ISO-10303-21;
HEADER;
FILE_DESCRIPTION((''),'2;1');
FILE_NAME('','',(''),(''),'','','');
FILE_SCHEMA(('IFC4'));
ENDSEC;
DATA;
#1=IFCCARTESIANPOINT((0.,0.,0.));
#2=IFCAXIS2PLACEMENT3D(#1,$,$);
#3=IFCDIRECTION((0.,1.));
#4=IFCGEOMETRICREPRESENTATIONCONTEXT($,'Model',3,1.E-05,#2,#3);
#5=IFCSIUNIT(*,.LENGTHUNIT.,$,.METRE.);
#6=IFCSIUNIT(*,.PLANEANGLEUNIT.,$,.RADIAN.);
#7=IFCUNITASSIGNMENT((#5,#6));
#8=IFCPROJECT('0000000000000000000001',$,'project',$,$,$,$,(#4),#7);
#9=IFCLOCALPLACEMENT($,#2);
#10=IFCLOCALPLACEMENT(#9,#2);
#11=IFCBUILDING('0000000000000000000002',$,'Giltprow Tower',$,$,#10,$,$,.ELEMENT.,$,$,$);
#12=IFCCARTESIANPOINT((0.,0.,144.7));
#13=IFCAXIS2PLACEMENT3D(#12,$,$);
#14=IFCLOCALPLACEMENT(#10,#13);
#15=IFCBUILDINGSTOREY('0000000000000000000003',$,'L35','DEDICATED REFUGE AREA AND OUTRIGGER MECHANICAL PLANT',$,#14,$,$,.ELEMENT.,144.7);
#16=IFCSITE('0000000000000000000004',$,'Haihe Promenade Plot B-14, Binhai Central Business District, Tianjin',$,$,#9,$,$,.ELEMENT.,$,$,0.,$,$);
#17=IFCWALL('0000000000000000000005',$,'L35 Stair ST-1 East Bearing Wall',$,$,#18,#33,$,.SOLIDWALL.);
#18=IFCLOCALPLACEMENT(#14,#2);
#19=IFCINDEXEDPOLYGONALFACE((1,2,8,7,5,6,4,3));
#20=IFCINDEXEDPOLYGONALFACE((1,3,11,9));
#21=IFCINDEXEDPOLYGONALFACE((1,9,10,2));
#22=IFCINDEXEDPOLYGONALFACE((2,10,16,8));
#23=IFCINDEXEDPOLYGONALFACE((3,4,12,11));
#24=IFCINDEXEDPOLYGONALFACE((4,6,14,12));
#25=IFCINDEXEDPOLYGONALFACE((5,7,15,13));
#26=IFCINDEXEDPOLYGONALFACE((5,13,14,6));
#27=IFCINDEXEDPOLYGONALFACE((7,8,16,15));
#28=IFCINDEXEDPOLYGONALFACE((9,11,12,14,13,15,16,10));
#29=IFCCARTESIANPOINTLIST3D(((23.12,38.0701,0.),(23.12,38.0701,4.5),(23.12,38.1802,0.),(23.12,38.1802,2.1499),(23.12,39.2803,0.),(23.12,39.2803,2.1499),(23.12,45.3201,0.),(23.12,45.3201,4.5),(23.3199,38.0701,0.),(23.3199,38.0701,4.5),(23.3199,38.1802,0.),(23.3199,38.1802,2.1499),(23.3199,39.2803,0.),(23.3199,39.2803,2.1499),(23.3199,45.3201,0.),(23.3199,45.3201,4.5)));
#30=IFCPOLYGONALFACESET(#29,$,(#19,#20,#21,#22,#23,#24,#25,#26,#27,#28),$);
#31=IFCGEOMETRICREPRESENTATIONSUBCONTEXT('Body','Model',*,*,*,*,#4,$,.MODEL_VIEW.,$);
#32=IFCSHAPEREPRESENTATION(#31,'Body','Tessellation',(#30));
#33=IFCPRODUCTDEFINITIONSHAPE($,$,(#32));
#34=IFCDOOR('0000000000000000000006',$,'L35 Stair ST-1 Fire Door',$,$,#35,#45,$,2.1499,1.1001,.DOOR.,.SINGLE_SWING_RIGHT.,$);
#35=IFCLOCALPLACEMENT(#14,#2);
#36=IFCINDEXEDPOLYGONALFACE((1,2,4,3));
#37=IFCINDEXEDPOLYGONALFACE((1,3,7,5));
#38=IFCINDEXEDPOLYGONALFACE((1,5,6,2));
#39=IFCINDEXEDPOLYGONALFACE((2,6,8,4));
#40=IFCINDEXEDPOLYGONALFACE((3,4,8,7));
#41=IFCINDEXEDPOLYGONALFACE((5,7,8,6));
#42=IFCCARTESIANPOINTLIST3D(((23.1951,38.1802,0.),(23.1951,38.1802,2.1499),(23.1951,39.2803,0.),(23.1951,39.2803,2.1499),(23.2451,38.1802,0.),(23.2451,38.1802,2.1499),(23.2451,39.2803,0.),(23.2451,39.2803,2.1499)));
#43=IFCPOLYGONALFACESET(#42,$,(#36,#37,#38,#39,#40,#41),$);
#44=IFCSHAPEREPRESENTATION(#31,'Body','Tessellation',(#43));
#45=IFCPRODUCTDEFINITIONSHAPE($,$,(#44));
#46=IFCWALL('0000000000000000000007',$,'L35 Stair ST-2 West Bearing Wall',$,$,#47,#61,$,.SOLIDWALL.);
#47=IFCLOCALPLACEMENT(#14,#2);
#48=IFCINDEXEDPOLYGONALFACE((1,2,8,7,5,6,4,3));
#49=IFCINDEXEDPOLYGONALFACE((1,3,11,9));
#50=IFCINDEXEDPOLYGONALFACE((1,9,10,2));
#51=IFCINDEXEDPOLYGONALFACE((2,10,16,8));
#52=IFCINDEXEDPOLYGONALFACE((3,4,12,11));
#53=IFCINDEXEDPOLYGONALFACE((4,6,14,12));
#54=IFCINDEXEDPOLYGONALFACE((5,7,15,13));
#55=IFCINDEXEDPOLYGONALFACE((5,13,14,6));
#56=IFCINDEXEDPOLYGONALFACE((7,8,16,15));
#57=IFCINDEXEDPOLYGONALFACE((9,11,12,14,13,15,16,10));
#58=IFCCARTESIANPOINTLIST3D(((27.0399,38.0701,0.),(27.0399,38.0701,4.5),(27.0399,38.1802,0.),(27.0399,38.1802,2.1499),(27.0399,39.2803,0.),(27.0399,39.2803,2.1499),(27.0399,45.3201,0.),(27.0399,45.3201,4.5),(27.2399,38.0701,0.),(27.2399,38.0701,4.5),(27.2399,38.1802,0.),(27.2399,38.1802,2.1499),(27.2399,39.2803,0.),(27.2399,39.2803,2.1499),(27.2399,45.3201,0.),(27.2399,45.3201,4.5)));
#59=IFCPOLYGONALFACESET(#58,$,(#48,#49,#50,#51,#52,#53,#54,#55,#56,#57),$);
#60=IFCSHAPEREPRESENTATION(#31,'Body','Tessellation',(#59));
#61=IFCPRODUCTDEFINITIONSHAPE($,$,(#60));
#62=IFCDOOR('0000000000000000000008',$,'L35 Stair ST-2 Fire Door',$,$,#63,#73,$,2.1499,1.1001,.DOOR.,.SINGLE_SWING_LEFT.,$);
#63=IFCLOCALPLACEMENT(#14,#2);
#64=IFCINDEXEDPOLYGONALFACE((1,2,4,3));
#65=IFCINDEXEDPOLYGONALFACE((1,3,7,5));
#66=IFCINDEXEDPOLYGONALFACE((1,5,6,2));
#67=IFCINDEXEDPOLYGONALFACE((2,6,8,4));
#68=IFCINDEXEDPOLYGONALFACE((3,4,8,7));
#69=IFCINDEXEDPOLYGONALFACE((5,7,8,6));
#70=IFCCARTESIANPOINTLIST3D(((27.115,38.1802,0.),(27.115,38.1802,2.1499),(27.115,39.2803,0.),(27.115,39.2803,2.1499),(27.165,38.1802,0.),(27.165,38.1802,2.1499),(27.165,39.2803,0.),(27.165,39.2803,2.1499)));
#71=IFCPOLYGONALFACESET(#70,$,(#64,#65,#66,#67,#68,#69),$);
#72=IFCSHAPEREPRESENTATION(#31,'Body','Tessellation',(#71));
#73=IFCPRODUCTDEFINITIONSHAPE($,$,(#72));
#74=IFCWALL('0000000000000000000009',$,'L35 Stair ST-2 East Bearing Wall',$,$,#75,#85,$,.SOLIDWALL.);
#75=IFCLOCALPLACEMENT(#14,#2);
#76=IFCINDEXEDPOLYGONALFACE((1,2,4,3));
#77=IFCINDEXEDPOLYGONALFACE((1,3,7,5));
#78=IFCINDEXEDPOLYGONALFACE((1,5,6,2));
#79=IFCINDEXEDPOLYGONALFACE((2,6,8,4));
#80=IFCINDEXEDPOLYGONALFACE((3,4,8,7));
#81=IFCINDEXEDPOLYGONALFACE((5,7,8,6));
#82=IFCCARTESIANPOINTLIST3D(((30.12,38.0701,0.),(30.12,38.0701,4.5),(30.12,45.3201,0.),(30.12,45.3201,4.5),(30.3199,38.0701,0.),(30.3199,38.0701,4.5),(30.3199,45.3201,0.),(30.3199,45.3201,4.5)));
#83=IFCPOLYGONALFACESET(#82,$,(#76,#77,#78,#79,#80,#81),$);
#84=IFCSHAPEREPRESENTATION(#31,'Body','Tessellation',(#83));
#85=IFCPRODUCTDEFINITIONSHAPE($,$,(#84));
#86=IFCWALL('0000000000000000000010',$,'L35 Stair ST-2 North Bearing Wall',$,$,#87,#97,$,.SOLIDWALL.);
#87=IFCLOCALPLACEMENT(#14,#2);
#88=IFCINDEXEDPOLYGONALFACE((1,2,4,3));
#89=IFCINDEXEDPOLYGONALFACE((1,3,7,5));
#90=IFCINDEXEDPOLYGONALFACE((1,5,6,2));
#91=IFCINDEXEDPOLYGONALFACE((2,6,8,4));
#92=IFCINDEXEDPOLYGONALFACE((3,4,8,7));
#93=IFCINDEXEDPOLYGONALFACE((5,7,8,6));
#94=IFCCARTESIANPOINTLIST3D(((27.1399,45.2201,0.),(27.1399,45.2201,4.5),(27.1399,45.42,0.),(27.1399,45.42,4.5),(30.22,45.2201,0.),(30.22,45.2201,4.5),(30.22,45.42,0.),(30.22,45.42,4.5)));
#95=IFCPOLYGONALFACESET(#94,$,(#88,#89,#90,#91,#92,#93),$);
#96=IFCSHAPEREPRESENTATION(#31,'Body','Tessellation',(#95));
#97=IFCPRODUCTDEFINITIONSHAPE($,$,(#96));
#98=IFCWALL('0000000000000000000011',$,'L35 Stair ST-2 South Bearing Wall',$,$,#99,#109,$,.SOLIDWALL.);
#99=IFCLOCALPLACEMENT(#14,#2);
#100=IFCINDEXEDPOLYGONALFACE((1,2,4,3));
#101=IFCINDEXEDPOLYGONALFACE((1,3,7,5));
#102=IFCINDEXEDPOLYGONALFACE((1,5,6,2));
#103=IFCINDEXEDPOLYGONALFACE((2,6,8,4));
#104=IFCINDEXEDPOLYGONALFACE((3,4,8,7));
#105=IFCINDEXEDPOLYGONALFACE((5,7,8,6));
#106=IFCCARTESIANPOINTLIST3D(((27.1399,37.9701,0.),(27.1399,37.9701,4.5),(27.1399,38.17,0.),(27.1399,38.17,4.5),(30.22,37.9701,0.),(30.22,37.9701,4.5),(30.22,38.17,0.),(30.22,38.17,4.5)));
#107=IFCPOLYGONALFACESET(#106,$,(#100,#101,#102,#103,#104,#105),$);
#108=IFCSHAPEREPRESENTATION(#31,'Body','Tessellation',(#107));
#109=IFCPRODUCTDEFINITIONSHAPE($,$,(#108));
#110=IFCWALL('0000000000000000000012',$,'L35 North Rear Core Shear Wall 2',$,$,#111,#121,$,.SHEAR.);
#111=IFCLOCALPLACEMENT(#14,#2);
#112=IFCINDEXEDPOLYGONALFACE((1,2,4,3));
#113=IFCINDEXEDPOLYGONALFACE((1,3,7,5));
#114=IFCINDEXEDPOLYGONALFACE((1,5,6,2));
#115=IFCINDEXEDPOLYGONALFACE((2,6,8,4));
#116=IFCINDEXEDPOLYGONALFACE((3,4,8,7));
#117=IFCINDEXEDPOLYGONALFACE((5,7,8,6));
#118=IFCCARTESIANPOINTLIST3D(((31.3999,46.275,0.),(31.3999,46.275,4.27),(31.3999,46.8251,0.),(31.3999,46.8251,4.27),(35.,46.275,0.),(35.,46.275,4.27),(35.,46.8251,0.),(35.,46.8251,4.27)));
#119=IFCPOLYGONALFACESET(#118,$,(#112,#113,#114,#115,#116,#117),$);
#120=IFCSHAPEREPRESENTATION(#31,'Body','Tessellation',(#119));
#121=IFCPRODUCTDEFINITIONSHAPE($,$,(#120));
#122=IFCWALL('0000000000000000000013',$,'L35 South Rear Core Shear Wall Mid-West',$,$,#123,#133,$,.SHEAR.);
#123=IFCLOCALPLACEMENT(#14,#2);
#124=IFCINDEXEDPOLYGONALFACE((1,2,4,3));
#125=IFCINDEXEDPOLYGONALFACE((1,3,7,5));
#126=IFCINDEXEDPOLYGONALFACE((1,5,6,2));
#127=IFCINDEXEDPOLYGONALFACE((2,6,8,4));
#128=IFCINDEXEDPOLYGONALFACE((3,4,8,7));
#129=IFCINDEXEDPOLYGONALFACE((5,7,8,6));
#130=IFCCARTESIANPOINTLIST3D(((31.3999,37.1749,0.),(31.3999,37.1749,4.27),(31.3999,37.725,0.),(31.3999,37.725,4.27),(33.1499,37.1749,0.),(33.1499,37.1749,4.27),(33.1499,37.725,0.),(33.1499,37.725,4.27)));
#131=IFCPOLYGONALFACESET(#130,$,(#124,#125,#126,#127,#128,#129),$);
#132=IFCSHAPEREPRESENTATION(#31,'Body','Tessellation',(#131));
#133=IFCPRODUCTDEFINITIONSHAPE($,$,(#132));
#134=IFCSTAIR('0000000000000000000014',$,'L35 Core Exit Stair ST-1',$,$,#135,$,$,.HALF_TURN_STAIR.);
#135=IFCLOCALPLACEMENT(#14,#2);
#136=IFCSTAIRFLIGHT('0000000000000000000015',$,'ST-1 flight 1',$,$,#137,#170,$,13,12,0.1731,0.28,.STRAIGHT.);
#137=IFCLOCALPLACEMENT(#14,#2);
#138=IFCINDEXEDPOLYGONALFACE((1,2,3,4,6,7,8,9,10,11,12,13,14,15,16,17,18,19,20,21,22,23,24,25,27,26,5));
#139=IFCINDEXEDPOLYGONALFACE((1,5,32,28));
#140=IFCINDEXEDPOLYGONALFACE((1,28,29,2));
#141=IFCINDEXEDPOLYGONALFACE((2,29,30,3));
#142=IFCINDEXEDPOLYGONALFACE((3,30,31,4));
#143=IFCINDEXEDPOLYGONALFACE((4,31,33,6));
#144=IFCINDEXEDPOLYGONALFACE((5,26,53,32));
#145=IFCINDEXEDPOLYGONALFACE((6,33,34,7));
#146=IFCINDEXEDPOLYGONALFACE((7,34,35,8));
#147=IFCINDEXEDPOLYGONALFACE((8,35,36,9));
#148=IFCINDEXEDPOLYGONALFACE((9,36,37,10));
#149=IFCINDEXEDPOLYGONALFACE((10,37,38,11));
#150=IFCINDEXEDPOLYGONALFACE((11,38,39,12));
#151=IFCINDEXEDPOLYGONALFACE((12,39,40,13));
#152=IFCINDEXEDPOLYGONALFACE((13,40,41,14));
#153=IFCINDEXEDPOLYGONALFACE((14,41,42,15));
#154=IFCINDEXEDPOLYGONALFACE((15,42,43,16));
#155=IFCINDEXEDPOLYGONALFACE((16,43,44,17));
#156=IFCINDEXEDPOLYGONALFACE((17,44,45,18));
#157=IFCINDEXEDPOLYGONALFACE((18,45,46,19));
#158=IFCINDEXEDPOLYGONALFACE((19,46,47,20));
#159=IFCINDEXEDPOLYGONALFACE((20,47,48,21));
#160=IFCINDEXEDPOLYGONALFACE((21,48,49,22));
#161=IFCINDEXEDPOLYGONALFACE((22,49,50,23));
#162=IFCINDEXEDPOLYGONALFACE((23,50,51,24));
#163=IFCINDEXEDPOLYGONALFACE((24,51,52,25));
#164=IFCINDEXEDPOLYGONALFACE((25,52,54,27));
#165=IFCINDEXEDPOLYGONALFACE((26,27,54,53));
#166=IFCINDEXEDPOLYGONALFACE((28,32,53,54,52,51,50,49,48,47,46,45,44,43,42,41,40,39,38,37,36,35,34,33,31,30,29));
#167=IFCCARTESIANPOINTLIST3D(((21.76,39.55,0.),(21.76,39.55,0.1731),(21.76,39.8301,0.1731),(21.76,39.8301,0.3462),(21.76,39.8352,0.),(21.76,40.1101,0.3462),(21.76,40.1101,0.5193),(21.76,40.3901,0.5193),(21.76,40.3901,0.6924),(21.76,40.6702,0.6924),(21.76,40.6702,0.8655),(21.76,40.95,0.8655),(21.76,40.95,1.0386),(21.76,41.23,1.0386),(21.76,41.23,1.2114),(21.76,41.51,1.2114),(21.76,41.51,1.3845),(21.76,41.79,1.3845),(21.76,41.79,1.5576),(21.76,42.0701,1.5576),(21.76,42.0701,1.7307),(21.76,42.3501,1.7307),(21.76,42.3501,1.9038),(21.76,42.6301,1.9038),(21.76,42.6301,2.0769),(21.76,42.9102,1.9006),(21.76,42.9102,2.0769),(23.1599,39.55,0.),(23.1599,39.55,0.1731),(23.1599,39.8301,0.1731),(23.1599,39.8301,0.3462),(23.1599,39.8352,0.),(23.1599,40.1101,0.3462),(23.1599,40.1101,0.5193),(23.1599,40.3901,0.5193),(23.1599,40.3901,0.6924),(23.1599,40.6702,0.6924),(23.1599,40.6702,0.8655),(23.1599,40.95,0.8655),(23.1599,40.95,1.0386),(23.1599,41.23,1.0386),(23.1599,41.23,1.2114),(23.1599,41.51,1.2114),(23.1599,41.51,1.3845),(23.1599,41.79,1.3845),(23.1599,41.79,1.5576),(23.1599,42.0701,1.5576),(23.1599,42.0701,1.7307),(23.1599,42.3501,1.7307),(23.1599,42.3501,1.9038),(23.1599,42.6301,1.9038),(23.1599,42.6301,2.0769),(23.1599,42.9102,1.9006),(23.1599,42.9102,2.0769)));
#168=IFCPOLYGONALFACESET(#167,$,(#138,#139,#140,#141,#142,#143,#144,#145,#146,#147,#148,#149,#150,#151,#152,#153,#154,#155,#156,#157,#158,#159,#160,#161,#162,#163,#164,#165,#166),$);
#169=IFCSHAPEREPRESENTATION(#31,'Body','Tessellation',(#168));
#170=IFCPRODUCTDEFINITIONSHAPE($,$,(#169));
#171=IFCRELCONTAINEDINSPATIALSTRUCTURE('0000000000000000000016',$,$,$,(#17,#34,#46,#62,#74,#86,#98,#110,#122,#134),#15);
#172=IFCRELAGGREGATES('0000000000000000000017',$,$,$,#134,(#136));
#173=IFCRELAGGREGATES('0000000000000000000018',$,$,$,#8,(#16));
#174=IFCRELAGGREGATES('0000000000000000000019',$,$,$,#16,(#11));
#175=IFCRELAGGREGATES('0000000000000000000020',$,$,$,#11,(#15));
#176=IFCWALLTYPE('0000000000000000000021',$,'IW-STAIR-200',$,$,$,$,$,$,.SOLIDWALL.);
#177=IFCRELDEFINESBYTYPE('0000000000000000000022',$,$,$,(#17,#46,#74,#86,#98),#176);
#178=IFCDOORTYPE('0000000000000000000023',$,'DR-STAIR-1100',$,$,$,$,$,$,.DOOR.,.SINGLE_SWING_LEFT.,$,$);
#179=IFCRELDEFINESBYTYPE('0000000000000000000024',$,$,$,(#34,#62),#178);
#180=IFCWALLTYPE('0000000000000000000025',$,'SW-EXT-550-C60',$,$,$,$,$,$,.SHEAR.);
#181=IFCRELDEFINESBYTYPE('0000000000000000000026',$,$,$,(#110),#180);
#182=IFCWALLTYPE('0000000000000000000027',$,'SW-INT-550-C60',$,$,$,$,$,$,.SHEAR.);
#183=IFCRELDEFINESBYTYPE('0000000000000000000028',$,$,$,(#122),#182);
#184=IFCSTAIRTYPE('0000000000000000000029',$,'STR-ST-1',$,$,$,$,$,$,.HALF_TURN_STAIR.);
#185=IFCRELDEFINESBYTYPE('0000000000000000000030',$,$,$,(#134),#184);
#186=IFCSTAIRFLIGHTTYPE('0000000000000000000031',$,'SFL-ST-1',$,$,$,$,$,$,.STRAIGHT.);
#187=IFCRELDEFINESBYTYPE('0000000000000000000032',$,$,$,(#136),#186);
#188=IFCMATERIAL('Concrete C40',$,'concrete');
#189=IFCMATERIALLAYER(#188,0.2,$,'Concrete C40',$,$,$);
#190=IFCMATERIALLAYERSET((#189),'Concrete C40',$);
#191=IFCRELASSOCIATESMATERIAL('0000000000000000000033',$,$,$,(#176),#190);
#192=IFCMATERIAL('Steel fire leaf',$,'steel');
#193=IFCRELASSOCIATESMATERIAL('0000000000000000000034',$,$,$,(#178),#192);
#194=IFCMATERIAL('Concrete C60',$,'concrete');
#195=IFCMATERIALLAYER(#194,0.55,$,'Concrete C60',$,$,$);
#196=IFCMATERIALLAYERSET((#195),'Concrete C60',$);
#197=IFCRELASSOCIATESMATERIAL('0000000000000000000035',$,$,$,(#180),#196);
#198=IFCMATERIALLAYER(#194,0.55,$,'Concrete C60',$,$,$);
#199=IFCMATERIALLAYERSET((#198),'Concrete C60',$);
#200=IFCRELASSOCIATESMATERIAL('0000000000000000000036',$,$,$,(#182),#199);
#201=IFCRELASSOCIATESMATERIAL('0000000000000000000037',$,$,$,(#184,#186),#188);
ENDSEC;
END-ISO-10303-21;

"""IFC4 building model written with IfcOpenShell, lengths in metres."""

from ifc_helpers import new_model, si_unit, direction, frame, frame_2d, origin, place, context, subcontext, project, spatial, polyline, rectangle, outline, extrude, source, transform, mapped, material, layer, layer_set, type_object, element, fill, aggregate, save


model = new_model("IFC4")

# Units and contexts
model_context = context("Model", 3, precision=1e-05, world=origin(), true_north=direction((0.0, 1.0)))
body_context = subcontext(model_context, "Body", "Model", "MODEL_VIEW")
ifc_project = project(units=[si_unit("LENGTHUNIT", "METRE"), si_unit("PLANEANGLEUNIT", "RADIAN")], contexts=[model_context])

# Site, building, storey
site_placement = place(None, origin())
site = spatial("IfcSite", under=ifc_project, at=site_placement, Name="Haihe Promenade Plot B-14, Binhai Central Business District, Tianjin", CompositionType="ELEMENT", RefElevation=0.0)
building_placement = place(site_placement, origin())
building = spatial("IfcBuilding", under=site, at=building_placement, Name="Giltprow Tower", CompositionType="ELEMENT")
storey_placement = place(building_placement, frame((0.0, 0.0, 144.7)))
storey = spatial("IfcBuildingStorey", under=building, at=storey_placement, Name="L35", Description="DEDICATED REFUGE AREA AND OUTRIGGER MECHANICAL PLANT", CompositionType="ELEMENT", Elevation=144.7)

# Shared definitions
ifc_material_1 = material(Name="Concrete C60", Category="concrete")

# Shared definitions
ifc_material_2 = material(Name="Concrete C40", Category="concrete")

# Walls, openings, doors
ifc_layer_1 = layer(ifc_material_2, 0.2, Name="Concrete C40")
ifc_layer_set_1 = layer_set([ifc_layer_1], Name="Concrete C40")
wall_type_1 = type_object("IfcWallType", Name="IW-STAIR-200", PredefinedType="SOLIDWALL", material=ifc_layer_set_1)
wall_1_placement = place(storey_placement, frame((23.22, 38.0701, 0.0), z_axis=(0.0, 0.0, 1.0), x_axis=(0.0, 1.0, 0.0)))
wall_1 = element("IfcWall", 1, at=wall_1_placement, inside=storey, type_object=wall_type_1, Name="L35 Stair ST-1 East Bearing Wall", PredefinedType="SOLIDWALL", context=body_context, shape_type="SweptSolid", body=[
    extrude(rectangle(XDim=7.25, YDim=0.2, at=frame_2d((3.625, 0.0))), origin(), (0.0, 0.0, 1.0), 4.5),
])
opening_1_placement = place(wall_1_placement, frame((0.1101, 0.0, 0.0)))
opening_1 = element("IfcOpeningElement", 2, at=opening_1_placement, cuts=wall_1, PredefinedType="OPENING", context=body_context, shape_type="SweptSolid", body=[
    extrude(rectangle(XDim=1.1001, YDim=2.1499, at=frame_2d((0.55, 1.075))), frame((0.0, 0.1099, 0.0), z_axis=(0.0, -1.0, 0.0), x_axis=(1.0, 0.0, 0.0)), (0.0, 0.0, 1.0), 0.22),
])
ifc_material_3 = material(Name="Steel fire leaf", Category="steel")
door_type_1 = type_object("IfcDoorType", Name="DR-STAIR-1100", OperationType="SINGLE_SWING_LEFT", PredefinedType="DOOR", material=ifc_material_3)
shared_shape_1 = source(origin(), body_context, "Body", "SweptSolid", [
    extrude(rectangle(XDim=1.1001, YDim=2.1499, at=frame_2d((0.55, 1.075))), frame((0.0, 0.0249, 0.0), z_axis=(0.0, -1.0, 0.0), x_axis=(1.0, 0.0, 0.0)), (0.0, 0.0, 1.0), 0.05),
])
door_1_placement = place(opening_1_placement, origin())
door_1 = element("IfcDoor", 3, at=door_1_placement, inside=storey, type_object=door_type_1, Name="L35 Stair ST-1 Fire Door", OperationType="SINGLE_SWING_RIGHT", OverallHeight=2.1499, OverallWidth=1.1001, PredefinedType="DOOR", context=body_context, shape_type="MappedRepresentation", body=[
    mapped(shared_shape_1, transform((0.0, 0.0, 0.0), x_axis=(1.0, 0.0, 0.0), y_axis=(0.0, 1.0, 0.0), z_axis=(0.0, 0.0, 1.0), scale=1.0)),
])
fill(opening_1, door_1)
wall_2_placement = place(storey_placement, frame((27.1399, 38.0701, 0.0), z_axis=(0.0, 0.0, 1.0), x_axis=(0.0, 1.0, 0.0)))
wall_2 = element("IfcWall", 4, at=wall_2_placement, inside=storey, type_object=wall_type_1, Name="L35 Stair ST-2 West Bearing Wall", PredefinedType="SOLIDWALL", context=body_context, shape_type="SweptSolid", body=[
    extrude(rectangle(XDim=7.25, YDim=0.2, at=frame_2d((3.625, 0.0))), origin(), (0.0, 0.0, 1.0), 4.5),
])
opening_2_placement = place(wall_2_placement, frame((0.1101, 0.0, 0.0)))
opening_2 = element("IfcOpeningElement", 5, at=opening_2_placement, cuts=wall_2, PredefinedType="OPENING", context=body_context, shape_type="SweptSolid", body=[
    extrude(rectangle(XDim=1.1001, YDim=2.1499, at=frame_2d((0.55, 1.075))), frame((0.0, 0.1099, 0.0), z_axis=(0.0, -1.0, 0.0), x_axis=(1.0, 0.0, 0.0)), (0.0, 0.0, 1.0), 0.22),
])
door_2_placement = place(opening_2_placement, origin())
door_2 = element("IfcDoor", 6, at=door_2_placement, inside=storey, type_object=door_type_1, Name="L35 Stair ST-2 Fire Door", OperationType="SINGLE_SWING_LEFT", OverallHeight=2.1499, OverallWidth=1.1001, PredefinedType="DOOR", context=body_context, shape_type="MappedRepresentation", body=[
    mapped(shared_shape_1, transform((0.0, 0.0, 0.0), x_axis=(1.0, 0.0, 0.0), y_axis=(0.0, 1.0, 0.0), z_axis=(0.0, 0.0, 1.0), scale=1.0)),
])
fill(opening_2, door_2)

# Walls
wall_3_placement = place(storey_placement, frame((30.22, 38.0701, 0.0), z_axis=(0.0, 0.0, 1.0), x_axis=(0.0, 1.0, 0.0)))
element("IfcWall", 7, at=wall_3_placement, inside=storey, type_object=wall_type_1, Name="L35 Stair ST-2 East Bearing Wall", PredefinedType="SOLIDWALL", context=body_context, shape_type="SweptSolid", body=[
    extrude(rectangle(XDim=7.25, YDim=0.2, at=frame_2d((3.625, 0.0))), origin(), (0.0, 0.0, 1.0), 4.5),
])
for number, where, z_axis, x_axis, name in (
    (8, (27.1399, 45.3201, 0.0), (0.0, 0.0, 1.0), (1.0, 0.0, 0.0), "L35 Stair ST-2 North Bearing Wall"),
    (9, (27.1399, 38.0701, 0.0), (0.0, 0.0, 1.0), (1.0, 0.0, 0.0), "L35 Stair ST-2 South Bearing Wall"),
):
    element("IfcWall", number, at=place(storey_placement, frame(where, z_axis=z_axis, x_axis=x_axis)), inside=storey, type_object=wall_type_1, Name=name, PredefinedType="SOLIDWALL", context=body_context, shape_type="SweptSolid", body=[
        extrude(rectangle(XDim=3.0801, YDim=0.2, at=frame_2d((1.54, 0.0))), origin(), (0.0, 0.0, 1.0), 4.5),
    ])
ifc_layer_2 = layer(ifc_material_1, 0.55, Name="Concrete C60")
ifc_layer_set_2 = layer_set([ifc_layer_2], Name="Concrete C60")
wall_type_2 = type_object("IfcWallType", Name="SW-EXT-550-C60", PredefinedType="SHEAR", material=ifc_layer_set_2)
wall_4_placement = place(storey_placement, frame((31.3999, 46.55, 0.0), z_axis=(0.0, 0.0, 1.0), x_axis=(1.0, 0.0, 0.0)))
element("IfcWall", 10, at=wall_4_placement, inside=storey, type_object=wall_type_2, Name="L35 North Rear Core Shear Wall 2", PredefinedType="SHEAR", context=body_context, shape_type="SweptSolid", body=[
    extrude(rectangle(XDim=3.6001, YDim=0.55, at=frame_2d((1.8, 0.0))), origin(), (0.0, 0.0, 1.0), 4.27),
])
ifc_layer_3 = layer(ifc_material_1, 0.55, Name="Concrete C60")
ifc_layer_set_3 = layer_set([ifc_layer_3], Name="Concrete C60")
wall_type_3 = type_object("IfcWallType", Name="SW-INT-550-C60", PredefinedType="SHEAR", material=ifc_layer_set_3)
wall_5_placement = place(storey_placement, frame((31.3999, 37.45, 0.0), z_axis=(0.0, 0.0, 1.0), x_axis=(1.0, 0.0, 0.0)))
element("IfcWall", 11, at=wall_5_placement, inside=storey, type_object=wall_type_3, Name="L35 South Rear Core Shear Wall Mid-West", PredefinedType="SHEAR", context=body_context, shape_type="SweptSolid", body=[
    extrude(rectangle(XDim=1.75, YDim=0.55, at=frame_2d((0.875, 0.0))), origin(), (0.0, 0.0, 1.0), 4.27),
])

# Stair, stair flight
stair_type_1 = type_object("IfcStairType", Name="STR-ST-1", PredefinedType="HALF_TURN_STAIR", material=ifc_material_2)
stair_1_placement = place(storey_placement, origin())
stair_1 = element("IfcStair", 12, at=stair_1_placement, inside=storey, type_object=stair_type_1, Name="L35 Core Exit Stair ST-1", PredefinedType="HALF_TURN_STAIR")
stair_flight_type_1 = type_object("IfcStairFlightType", Name="SFL-ST-1", PredefinedType="STRAIGHT", material=ifc_material_2)
stair_flight_1_placement = place(storey_placement, frame((22.46, 39.55, 0.0), z_axis=(0.0, 0.0, 1.0), x_axis=(0.0, 1.0, 0.0)))
stair_flight_1 = element("IfcStairFlight", 13, at=stair_flight_1_placement, type_object=stair_flight_type_1, Name="ST-1 flight 1", NumberOfRisers=13, NumberOfTreads=12, PredefinedType="STRAIGHT", RiserHeight=0.1731, TreadLength=0.28, context=body_context, shape_type="SweptSolid", body=[
    extrude(outline(polyline([(0.0, 0.0), (0.0, 0.1731), (0.28, 0.1731), (0.28, 0.3462), (0.5601, 0.3462), (0.5601, 0.5193), (0.8401, 0.5193), (0.8401, 0.6924), (1.1201, 0.6924), (1.1201, 0.8655), (1.3999, 0.8655), (1.3999, 1.0386), (1.6799, 1.0386), (1.6799, 1.2114), (1.96, 1.2114), (1.96, 1.3845), (2.24, 1.3845), (2.24, 1.5576), (2.52, 1.5576), (2.52, 1.7307), (2.8, 1.7307), (2.8, 1.9038), (3.0801, 1.9038), (3.0801, 2.0769), (3.3601, 2.0769), (3.3601, 2.25), (3.3601, 1.9006), (0.2852, 0.0), (0.0, 0.0)])), frame((0.0, 0.7, 0.0), z_axis=(0.0, -1.0, 0.0), x_axis=(1.0, 0.0, 0.0)), (0.0, 0.0, 1.0), 1.3999),
])
aggregate(stair_1, [stair_flight_1])

save(model, "model.ifc")
